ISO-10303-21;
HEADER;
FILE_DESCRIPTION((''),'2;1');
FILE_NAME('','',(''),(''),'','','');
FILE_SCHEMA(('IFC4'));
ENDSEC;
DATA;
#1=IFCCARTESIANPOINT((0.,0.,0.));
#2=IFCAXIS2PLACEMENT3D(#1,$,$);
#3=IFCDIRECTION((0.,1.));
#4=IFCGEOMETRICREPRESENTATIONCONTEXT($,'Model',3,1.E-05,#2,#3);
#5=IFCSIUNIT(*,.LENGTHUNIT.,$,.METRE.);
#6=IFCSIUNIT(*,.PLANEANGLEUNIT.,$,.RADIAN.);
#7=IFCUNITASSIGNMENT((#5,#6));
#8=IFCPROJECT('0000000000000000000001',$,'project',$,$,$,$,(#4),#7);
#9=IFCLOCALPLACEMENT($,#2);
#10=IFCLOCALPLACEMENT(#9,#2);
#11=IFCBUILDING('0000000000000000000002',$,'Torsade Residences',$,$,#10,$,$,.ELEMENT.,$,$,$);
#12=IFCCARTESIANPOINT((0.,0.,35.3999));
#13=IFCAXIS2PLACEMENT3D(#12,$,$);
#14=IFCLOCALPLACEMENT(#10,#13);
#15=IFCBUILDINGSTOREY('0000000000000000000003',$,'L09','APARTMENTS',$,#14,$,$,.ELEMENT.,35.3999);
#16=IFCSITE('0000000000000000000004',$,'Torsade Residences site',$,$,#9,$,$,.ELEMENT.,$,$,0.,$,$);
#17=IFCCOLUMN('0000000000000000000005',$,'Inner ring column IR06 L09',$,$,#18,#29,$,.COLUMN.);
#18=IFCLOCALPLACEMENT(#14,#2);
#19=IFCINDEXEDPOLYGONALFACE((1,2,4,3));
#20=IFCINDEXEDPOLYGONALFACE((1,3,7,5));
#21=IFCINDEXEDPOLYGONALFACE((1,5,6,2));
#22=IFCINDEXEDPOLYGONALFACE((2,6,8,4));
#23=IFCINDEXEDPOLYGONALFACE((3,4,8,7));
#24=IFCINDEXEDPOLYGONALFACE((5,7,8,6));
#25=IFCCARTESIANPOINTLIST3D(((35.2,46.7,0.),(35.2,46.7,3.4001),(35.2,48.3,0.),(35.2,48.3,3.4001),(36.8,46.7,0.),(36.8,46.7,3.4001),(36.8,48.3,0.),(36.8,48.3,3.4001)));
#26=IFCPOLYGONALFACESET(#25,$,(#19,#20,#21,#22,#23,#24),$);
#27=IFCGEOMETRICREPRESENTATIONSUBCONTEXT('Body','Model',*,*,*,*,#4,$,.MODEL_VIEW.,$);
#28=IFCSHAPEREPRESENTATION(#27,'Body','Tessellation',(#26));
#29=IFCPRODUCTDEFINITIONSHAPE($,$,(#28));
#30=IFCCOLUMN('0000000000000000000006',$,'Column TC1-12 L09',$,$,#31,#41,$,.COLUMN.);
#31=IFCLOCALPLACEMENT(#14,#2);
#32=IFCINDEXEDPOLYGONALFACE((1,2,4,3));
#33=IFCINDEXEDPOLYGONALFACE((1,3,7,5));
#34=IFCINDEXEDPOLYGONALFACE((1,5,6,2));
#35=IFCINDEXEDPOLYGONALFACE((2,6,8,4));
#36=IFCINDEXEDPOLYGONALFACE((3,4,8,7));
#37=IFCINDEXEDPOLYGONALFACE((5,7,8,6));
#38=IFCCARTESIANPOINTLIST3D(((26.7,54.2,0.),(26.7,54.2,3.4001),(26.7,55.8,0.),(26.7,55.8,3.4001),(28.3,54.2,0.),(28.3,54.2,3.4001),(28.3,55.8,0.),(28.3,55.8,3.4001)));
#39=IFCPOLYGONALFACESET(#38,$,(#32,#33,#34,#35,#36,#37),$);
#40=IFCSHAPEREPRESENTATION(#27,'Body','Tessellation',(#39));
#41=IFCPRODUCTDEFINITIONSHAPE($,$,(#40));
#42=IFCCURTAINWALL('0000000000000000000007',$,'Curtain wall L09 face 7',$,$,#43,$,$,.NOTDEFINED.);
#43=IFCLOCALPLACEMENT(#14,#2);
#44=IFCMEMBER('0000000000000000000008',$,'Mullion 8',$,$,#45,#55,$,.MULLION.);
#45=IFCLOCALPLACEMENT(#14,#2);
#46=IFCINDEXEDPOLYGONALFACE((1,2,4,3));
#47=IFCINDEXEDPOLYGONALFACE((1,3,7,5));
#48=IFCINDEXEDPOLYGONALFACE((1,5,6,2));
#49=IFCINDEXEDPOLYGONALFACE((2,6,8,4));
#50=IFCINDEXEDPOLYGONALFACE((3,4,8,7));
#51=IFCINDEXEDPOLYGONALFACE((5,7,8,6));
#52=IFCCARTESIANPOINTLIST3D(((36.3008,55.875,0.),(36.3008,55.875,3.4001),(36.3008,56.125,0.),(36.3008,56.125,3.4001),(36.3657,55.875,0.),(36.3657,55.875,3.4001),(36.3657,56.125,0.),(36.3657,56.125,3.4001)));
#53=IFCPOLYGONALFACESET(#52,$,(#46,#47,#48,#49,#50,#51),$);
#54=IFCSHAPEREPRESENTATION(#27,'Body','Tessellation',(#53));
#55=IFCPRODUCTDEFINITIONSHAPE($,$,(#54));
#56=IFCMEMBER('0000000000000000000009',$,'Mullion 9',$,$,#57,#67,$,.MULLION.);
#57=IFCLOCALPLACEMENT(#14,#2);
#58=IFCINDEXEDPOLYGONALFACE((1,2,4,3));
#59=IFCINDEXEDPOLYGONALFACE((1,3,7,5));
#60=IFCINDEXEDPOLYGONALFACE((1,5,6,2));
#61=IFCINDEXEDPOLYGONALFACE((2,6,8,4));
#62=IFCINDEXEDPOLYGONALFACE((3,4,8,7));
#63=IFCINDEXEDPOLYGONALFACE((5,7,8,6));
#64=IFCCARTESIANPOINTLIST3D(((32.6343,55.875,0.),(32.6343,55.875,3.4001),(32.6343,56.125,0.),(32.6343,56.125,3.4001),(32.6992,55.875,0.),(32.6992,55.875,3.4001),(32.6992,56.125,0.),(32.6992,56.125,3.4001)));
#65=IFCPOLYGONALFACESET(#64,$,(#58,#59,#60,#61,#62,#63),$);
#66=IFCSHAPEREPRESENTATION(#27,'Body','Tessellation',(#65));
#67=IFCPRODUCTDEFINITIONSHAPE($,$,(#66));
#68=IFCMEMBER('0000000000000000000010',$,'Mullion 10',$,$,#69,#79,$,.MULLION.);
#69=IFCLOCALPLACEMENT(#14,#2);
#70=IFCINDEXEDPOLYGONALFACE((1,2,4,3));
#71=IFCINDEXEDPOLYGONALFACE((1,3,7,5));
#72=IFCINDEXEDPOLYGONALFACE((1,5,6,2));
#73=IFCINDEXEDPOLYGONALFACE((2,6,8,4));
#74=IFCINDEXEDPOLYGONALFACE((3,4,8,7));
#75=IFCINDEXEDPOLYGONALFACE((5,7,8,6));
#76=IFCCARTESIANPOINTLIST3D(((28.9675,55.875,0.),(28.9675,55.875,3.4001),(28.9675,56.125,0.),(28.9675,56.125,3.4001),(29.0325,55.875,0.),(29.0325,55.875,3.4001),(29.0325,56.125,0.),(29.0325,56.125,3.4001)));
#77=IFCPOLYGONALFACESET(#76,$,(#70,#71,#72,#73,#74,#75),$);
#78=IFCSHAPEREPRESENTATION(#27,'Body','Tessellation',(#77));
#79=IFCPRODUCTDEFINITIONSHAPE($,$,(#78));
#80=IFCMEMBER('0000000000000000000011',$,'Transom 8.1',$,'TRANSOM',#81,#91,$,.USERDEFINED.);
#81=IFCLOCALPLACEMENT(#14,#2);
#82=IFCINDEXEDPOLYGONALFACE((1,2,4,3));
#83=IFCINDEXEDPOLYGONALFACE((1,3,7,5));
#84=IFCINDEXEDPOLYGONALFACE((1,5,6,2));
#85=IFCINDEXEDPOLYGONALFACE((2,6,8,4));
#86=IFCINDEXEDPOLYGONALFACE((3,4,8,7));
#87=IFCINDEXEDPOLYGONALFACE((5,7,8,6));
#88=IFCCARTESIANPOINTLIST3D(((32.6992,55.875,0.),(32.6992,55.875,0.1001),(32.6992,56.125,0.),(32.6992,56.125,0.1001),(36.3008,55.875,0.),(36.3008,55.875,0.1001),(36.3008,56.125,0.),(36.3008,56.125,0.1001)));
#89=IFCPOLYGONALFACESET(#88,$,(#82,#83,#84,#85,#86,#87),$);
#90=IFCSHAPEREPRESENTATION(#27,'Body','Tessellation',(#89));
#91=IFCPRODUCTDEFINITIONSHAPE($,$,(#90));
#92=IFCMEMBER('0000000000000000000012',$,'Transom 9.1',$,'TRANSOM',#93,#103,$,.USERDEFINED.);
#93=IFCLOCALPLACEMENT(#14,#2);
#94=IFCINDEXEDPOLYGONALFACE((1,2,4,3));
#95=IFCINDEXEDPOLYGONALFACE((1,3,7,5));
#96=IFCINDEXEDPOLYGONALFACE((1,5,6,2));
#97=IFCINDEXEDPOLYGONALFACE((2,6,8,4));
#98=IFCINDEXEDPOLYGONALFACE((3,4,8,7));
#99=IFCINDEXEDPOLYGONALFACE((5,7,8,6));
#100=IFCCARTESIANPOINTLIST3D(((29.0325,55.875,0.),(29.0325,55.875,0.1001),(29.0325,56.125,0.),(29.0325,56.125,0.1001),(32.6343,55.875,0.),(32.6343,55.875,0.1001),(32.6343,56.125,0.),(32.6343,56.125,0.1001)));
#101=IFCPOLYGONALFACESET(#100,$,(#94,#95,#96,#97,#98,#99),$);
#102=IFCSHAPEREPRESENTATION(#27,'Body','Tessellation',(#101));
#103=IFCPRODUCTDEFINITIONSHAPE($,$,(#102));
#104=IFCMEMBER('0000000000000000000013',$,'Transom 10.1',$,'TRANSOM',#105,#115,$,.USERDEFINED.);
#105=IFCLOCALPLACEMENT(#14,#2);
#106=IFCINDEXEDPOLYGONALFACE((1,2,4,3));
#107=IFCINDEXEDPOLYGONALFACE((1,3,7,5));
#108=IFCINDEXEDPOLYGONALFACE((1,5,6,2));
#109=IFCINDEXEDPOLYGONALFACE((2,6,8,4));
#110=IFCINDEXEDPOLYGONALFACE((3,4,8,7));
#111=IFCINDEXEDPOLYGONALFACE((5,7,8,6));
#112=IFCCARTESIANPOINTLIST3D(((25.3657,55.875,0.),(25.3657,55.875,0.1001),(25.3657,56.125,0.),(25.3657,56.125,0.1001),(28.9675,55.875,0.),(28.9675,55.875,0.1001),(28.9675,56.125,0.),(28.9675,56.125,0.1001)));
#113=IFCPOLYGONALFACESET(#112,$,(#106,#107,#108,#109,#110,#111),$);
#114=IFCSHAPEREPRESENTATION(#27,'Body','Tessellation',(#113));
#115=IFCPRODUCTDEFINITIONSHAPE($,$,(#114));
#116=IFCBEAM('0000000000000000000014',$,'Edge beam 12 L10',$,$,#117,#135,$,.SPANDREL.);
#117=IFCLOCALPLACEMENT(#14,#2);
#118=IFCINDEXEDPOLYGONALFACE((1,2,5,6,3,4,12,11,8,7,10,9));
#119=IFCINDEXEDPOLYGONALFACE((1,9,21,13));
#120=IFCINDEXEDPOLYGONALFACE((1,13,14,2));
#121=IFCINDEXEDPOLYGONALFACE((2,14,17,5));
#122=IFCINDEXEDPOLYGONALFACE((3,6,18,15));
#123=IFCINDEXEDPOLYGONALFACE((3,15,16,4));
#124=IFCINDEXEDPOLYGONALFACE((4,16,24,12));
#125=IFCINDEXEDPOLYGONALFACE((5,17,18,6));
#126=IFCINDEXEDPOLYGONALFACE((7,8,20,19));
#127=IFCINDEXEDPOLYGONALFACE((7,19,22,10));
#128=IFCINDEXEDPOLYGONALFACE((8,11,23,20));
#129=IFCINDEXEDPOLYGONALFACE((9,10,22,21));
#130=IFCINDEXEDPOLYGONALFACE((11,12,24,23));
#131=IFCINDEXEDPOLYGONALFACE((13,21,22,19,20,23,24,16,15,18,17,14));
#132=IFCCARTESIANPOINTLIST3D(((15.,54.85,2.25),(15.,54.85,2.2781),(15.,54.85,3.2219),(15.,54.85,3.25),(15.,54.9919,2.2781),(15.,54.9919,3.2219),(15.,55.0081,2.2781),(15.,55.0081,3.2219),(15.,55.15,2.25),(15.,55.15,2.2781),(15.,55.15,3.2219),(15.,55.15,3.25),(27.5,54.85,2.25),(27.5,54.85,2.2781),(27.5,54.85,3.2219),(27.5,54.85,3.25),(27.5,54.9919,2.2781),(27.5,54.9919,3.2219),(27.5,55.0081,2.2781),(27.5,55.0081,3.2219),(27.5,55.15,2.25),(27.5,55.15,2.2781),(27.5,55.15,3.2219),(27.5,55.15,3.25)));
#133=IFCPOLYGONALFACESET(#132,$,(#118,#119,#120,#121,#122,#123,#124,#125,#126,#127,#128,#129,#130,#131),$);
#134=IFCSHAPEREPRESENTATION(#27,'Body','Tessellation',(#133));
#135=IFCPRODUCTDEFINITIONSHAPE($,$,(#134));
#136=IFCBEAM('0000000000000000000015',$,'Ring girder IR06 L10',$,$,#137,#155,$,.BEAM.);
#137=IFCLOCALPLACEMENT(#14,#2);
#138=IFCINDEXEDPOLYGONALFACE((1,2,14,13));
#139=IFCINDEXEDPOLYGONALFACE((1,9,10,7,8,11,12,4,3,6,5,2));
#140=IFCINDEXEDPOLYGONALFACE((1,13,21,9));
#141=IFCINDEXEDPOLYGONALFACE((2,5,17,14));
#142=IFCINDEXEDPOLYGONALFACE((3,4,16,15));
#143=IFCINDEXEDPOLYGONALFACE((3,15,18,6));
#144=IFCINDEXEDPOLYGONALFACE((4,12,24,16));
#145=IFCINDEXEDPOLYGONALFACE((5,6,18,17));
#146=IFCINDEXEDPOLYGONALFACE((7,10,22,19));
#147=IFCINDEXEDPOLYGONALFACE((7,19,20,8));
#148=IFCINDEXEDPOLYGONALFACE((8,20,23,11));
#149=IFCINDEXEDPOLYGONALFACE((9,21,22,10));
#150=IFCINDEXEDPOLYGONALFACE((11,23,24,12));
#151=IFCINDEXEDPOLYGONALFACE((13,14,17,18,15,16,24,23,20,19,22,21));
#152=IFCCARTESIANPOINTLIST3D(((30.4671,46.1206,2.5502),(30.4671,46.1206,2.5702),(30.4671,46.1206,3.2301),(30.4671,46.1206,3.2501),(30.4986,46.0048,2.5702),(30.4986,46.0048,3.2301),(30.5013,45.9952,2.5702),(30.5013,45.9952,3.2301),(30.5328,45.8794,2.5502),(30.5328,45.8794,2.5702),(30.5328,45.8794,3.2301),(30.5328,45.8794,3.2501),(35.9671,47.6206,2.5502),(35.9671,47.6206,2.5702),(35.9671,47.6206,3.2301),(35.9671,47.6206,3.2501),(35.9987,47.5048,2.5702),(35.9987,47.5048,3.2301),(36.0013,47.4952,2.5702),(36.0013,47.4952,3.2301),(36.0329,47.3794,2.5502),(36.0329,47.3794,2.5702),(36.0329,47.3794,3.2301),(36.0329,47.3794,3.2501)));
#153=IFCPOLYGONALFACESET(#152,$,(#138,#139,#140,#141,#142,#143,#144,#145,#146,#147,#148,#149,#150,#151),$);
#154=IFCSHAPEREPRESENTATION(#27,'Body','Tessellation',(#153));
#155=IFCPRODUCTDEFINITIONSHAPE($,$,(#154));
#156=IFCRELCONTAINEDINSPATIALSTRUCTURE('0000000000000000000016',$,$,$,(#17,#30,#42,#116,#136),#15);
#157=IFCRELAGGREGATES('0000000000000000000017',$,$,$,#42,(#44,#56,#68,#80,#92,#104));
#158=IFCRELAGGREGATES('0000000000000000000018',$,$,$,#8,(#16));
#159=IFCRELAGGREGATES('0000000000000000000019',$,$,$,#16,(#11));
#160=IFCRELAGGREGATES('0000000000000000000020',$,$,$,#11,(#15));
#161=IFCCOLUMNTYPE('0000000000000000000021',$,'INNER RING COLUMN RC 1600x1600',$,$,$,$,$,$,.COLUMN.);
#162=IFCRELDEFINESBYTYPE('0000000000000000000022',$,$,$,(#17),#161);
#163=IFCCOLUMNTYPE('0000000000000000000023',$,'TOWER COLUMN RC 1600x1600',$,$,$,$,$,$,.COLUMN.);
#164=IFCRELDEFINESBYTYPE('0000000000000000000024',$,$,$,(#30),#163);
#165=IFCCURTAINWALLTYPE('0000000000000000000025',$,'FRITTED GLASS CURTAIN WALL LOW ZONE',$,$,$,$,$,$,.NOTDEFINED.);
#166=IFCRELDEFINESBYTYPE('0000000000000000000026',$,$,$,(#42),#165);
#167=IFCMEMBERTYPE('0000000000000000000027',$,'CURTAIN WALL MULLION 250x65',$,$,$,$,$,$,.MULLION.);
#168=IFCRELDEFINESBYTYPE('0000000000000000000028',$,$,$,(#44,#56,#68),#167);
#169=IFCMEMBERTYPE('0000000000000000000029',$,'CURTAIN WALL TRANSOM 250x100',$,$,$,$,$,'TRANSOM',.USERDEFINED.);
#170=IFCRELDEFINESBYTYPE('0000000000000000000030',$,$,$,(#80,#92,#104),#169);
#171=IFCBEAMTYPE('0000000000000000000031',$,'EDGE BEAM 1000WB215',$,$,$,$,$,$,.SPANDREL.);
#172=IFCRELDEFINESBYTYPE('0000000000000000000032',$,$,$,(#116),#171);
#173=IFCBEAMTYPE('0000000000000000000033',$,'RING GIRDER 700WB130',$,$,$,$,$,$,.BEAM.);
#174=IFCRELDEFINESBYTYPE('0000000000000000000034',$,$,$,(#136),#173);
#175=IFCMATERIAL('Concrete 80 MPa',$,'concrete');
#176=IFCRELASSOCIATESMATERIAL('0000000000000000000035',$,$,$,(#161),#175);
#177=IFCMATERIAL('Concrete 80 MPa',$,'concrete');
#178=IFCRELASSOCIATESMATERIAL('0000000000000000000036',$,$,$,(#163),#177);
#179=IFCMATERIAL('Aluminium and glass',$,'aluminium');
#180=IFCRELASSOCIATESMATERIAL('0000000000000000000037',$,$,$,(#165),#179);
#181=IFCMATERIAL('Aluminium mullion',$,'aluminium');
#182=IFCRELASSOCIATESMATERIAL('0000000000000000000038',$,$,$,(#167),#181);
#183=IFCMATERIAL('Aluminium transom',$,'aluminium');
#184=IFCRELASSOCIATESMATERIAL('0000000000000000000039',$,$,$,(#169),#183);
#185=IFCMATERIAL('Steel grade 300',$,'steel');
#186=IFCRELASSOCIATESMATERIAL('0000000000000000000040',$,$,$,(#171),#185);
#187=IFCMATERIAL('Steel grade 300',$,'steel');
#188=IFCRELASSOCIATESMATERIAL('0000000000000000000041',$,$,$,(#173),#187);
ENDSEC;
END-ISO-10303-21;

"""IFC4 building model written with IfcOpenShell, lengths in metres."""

from ifc_helpers import new_model, si_unit, direction, frame, origin, origin_2d, place, context, subcontext, project, spatial, rectangle, i_section, extrude, material, material_profile, profile_set, type_object, element, aggregate, save


model = new_model("IFC4")

# Units and contexts
model_context = context("Model", 3, precision=1e-05, world=origin(), true_north=direction((0.0, 1.0)))
body_context = subcontext(model_context, "Body", "Model", "MODEL_VIEW")
ifc_project = project(units=[si_unit("LENGTHUNIT", "METRE"), si_unit("PLANEANGLEUNIT", "RADIAN")], contexts=[model_context])

# Site, building, storey
site_placement = place(None, origin())
site = spatial("IfcSite", under=ifc_project, at=site_placement, Name="Torsade Residences site", CompositionType="ELEMENT", RefElevation=0.0)
building_placement = place(site_placement, origin())
building = spatial("IfcBuilding", under=site, at=building_placement, Name="Torsade Residences", CompositionType="ELEMENT")
storey_placement = place(building_placement, frame((0.0, 0.0, 35.3999)))
storey = spatial("IfcBuildingStorey", under=building, at=storey_placement, Name="L09", Description="APARTMENTS", CompositionType="ELEMENT", Elevation=35.3999)

# Columns
ifc_material_1 = material(Name="Concrete 80 MPa", Category="concrete")
ifc_material_profile_1 = material_profile(ifc_material_1, rectangle(XDim=1.6001, YDim=1.6001, at=origin_2d()), Name="RC 1600x1600")
ifc_profile_set_1 = profile_set([ifc_material_profile_1], Name="Concrete 80 MPa")
column_type_1 = type_object("IfcColumnType", Name="INNER RING COLUMN RC 1600x1600", PredefinedType="COLUMN", material=ifc_profile_set_1)
column_1_placement = place(storey_placement, frame((36.0, 47.5, 0.0), z_axis=(0.0, 0.0, 1.0), x_axis=(1.0, 0.0, 0.0)))
element("IfcColumn", 1, at=column_1_placement, inside=storey, type_object=column_type_1, Name="Inner ring column IR06 L09", PredefinedType="COLUMN", context=body_context, shape_type="SweptSolid", body=[
    extrude(rectangle(XDim=1.6001, YDim=1.6001, at=origin_2d()), origin(), (0.0, 0.0, 1.0), 3.4001),
])
ifc_material_2 = material(Name="Concrete 80 MPa", Category="concrete")
ifc_material_profile_2 = material_profile(ifc_material_2, rectangle(XDim=1.6001, YDim=1.6001, at=origin_2d()), Name="RC 1600x1600")
ifc_profile_set_2 = profile_set([ifc_material_profile_2], Name="Concrete 80 MPa")
column_type_2 = type_object("IfcColumnType", Name="TOWER COLUMN RC 1600x1600", PredefinedType="COLUMN", material=ifc_profile_set_2)
column_2_placement = place(storey_placement, frame((27.5, 55.0, 0.0), z_axis=(0.0, 0.0, 1.0), x_axis=(1.0, 0.0, 0.0)))
element("IfcColumn", 2, at=column_2_placement, inside=storey, type_object=column_type_2, Name="Column TC1-12 L09", PredefinedType="COLUMN", context=body_context, shape_type="SweptSolid", body=[
    extrude(rectangle(XDim=1.6001, YDim=1.6001, at=origin_2d()), origin(), (0.0, 0.0, 1.0), 3.4001),
])

# Curtain wall, members
ifc_material_3 = material(Name="Aluminium and glass", Category="aluminium")
curtain_wall_type = type_object("IfcCurtainWallType", Name="FRITTED GLASS CURTAIN WALL LOW ZONE", PredefinedType="NOTDEFINED", material=ifc_material_3)
curtain_wall_placement = place(storey_placement, origin())
curtain_wall = element("IfcCurtainWall", 3, at=curtain_wall_placement, inside=storey, type_object=curtain_wall_type, Name="Curtain wall L09 face 7", PredefinedType="NOTDEFINED")
ifc_material_4 = material(Name="Aluminium mullion", Category="aluminium")
ifc_material_profile_3 = material_profile(ifc_material_4, rectangle(XDim=0.25, YDim=0.0649, at=origin_2d()), Name="CURTAIN WALL MULLION 250x65")
ifc_profile_set_3 = profile_set([ifc_material_profile_3], Name="Aluminium mullion")
member_type_1 = type_object("IfcMemberType", Name="CURTAIN WALL MULLION 250x65", PredefinedType="MULLION", material=ifc_profile_set_3)
member_1_placement = place(storey_placement, frame((36.3333, 56.0, 0.0), z_axis=(0.0, 0.0, 1.0), x_axis=(0.0, -1.0, 0.0)))
member_1 = element("IfcMember", 4, at=member_1_placement, type_object=member_type_1, Name="Mullion 8", PredefinedType="MULLION", context=body_context, shape_type="SweptSolid", body=[
    extrude(rectangle(XDim=0.25, YDim=0.0649, at=origin_2d()), origin(), (0.0, 0.0, 1.0), 3.4001),
])
member_2_placement = place(storey_placement, frame((32.6667, 56.0, 0.0), z_axis=(0.0, 0.0, 1.0), x_axis=(0.0, -1.0, 0.0)))
member_2 = element("IfcMember", 5, at=member_2_placement, type_object=member_type_1, Name="Mullion 9", PredefinedType="MULLION", context=body_context, shape_type="SweptSolid", body=[
    extrude(rectangle(XDim=0.25, YDim=0.0649, at=origin_2d()), origin(), (0.0, 0.0, 1.0), 3.4001),
])
member_3_placement = place(storey_placement, frame((29.0, 56.0, 0.0), z_axis=(0.0, 0.0, 1.0), x_axis=(0.0, -1.0, 0.0)))
member_3 = element("IfcMember", 6, at=member_3_placement, type_object=member_type_1, Name="Mullion 10", PredefinedType="MULLION", context=body_context, shape_type="SweptSolid", body=[
    extrude(rectangle(XDim=0.25, YDim=0.0649, at=origin_2d()), origin(), (0.0, 0.0, 1.0), 3.4001),
])
ifc_material_5 = material(Name="Aluminium transom", Category="aluminium")
ifc_material_profile_4 = material_profile(ifc_material_5, rectangle(XDim=0.25, YDim=0.1001, at=origin_2d()), Name="CURTAIN WALL TRANSOM 250x100")
ifc_profile_set_4 = profile_set([ifc_material_profile_4], Name="Aluminium transom")
member_type_2 = type_object("IfcMemberType", Name="CURTAIN WALL TRANSOM 250x100", ElementType="TRANSOM", PredefinedType="USERDEFINED", material=ifc_profile_set_4)
member_4_placement = place(storey_placement, frame((36.3008, 56.0, 0.05), z_axis=(-1.0, 0.0, 0.0), x_axis=(0.0, -1.0, 0.0)))
member_4 = element("IfcMember", 7, at=member_4_placement, type_object=member_type_2, Name="Transom 8.1", ObjectType="TRANSOM", PredefinedType="USERDEFINED", context=body_context, shape_type="SweptSolid", body=[
    extrude(rectangle(XDim=0.25, YDim=0.1001, at=origin_2d()), origin(), (0.0, 0.0, 1.0), 3.6016),
])
member_5_placement = place(storey_placement, frame((32.6343, 56.0, 0.05), z_axis=(-1.0, 0.0, 0.0), x_axis=(0.0, -1.0, 0.0)))
member_5 = element("IfcMember", 8, at=member_5_placement, type_object=member_type_2, Name="Transom 9.1", ObjectType="TRANSOM", PredefinedType="USERDEFINED", context=body_context, shape_type="SweptSolid", body=[
    extrude(rectangle(XDim=0.25, YDim=0.1001, at=origin_2d()), origin(), (0.0, 0.0, 1.0), 3.6018),
])
member_6_placement = place(storey_placement, frame((28.9675, 56.0, 0.05), z_axis=(-1.0, 0.0, 0.0), x_axis=(0.0, -1.0, 0.0)))
member_6 = element("IfcMember", 9, at=member_6_placement, type_object=member_type_2, Name="Transom 10.1", ObjectType="TRANSOM", PredefinedType="USERDEFINED", context=body_context, shape_type="SweptSolid", body=[
    extrude(rectangle(XDim=0.25, YDim=0.1001, at=origin_2d()), origin(), (0.0, 0.0, 1.0), 3.6018),
])

# Beams
ifc_material_6 = material(Name="Steel grade 300", Category="steel")
ifc_material_profile_5 = material_profile(ifc_material_6, i_section(OverallWidth=0.3, OverallDepth=1.0, WebThickness=0.0161, FlangeThickness=0.0281, at=origin_2d()), Name="1000WB215")
ifc_profile_set_5 = profile_set([ifc_material_profile_5], Name="Steel grade 300")
beam_type_1 = type_object("IfcBeamType", Name="EDGE BEAM 1000WB215", PredefinedType="SPANDREL", material=ifc_profile_set_5)
beam_1_placement = place(storey_placement, frame((27.5, 55.0, 2.75), z_axis=(-1.0, 0.0, 0.0), x_axis=(0.0, -1.0, 0.0)))
element("IfcBeam", 10, at=beam_1_placement, inside=storey, type_object=beam_type_1, Name="Edge beam 12 L10", PredefinedType="SPANDREL", context=body_context, shape_type="SweptSolid", body=[
    extrude(i_section(OverallWidth=0.3, OverallDepth=1.0, WebThickness=0.0161, FlangeThickness=0.0281, at=origin_2d()), origin(), (0.0, 0.0, 1.0), 12.5),
])
ifc_material_7 = material(Name="Steel grade 300", Category="steel")
ifc_material_profile_6 = material_profile(ifc_material_7, i_section(OverallWidth=0.25, OverallDepth=0.7, WebThickness=0.01, FlangeThickness=0.02, at=origin_2d()), Name="700WB130")
ifc_profile_set_6 = profile_set([ifc_material_profile_6], Name="Steel grade 300")
beam_type_2 = type_object("IfcBeamType", Name="RING GIRDER 700WB130", PredefinedType="BEAM", material=ifc_profile_set_6)
beam_2_placement = place(storey_placement, frame((36.0, 47.5, 2.9001), z_axis=(-0.964764, -0.263117, 0.0), x_axis=(0.263117, -0.964764, 0.0)))
element("IfcBeam", 11, at=beam_2_placement, inside=storey, type_object=beam_type_2, Name="Ring girder IR06 L10", PredefinedType="BEAM", context=body_context, shape_type="SweptSolid", body=[
    extrude(i_section(OverallWidth=0.25, OverallDepth=0.7, WebThickness=0.01, FlangeThickness=0.02, at=origin_2d()), origin(), (0.0, 0.0, 1.0), 5.7009),
])

aggregate(curtain_wall, [member_1, member_2, member_3, member_4, member_5, member_6])

save(model, "model.ifc")
